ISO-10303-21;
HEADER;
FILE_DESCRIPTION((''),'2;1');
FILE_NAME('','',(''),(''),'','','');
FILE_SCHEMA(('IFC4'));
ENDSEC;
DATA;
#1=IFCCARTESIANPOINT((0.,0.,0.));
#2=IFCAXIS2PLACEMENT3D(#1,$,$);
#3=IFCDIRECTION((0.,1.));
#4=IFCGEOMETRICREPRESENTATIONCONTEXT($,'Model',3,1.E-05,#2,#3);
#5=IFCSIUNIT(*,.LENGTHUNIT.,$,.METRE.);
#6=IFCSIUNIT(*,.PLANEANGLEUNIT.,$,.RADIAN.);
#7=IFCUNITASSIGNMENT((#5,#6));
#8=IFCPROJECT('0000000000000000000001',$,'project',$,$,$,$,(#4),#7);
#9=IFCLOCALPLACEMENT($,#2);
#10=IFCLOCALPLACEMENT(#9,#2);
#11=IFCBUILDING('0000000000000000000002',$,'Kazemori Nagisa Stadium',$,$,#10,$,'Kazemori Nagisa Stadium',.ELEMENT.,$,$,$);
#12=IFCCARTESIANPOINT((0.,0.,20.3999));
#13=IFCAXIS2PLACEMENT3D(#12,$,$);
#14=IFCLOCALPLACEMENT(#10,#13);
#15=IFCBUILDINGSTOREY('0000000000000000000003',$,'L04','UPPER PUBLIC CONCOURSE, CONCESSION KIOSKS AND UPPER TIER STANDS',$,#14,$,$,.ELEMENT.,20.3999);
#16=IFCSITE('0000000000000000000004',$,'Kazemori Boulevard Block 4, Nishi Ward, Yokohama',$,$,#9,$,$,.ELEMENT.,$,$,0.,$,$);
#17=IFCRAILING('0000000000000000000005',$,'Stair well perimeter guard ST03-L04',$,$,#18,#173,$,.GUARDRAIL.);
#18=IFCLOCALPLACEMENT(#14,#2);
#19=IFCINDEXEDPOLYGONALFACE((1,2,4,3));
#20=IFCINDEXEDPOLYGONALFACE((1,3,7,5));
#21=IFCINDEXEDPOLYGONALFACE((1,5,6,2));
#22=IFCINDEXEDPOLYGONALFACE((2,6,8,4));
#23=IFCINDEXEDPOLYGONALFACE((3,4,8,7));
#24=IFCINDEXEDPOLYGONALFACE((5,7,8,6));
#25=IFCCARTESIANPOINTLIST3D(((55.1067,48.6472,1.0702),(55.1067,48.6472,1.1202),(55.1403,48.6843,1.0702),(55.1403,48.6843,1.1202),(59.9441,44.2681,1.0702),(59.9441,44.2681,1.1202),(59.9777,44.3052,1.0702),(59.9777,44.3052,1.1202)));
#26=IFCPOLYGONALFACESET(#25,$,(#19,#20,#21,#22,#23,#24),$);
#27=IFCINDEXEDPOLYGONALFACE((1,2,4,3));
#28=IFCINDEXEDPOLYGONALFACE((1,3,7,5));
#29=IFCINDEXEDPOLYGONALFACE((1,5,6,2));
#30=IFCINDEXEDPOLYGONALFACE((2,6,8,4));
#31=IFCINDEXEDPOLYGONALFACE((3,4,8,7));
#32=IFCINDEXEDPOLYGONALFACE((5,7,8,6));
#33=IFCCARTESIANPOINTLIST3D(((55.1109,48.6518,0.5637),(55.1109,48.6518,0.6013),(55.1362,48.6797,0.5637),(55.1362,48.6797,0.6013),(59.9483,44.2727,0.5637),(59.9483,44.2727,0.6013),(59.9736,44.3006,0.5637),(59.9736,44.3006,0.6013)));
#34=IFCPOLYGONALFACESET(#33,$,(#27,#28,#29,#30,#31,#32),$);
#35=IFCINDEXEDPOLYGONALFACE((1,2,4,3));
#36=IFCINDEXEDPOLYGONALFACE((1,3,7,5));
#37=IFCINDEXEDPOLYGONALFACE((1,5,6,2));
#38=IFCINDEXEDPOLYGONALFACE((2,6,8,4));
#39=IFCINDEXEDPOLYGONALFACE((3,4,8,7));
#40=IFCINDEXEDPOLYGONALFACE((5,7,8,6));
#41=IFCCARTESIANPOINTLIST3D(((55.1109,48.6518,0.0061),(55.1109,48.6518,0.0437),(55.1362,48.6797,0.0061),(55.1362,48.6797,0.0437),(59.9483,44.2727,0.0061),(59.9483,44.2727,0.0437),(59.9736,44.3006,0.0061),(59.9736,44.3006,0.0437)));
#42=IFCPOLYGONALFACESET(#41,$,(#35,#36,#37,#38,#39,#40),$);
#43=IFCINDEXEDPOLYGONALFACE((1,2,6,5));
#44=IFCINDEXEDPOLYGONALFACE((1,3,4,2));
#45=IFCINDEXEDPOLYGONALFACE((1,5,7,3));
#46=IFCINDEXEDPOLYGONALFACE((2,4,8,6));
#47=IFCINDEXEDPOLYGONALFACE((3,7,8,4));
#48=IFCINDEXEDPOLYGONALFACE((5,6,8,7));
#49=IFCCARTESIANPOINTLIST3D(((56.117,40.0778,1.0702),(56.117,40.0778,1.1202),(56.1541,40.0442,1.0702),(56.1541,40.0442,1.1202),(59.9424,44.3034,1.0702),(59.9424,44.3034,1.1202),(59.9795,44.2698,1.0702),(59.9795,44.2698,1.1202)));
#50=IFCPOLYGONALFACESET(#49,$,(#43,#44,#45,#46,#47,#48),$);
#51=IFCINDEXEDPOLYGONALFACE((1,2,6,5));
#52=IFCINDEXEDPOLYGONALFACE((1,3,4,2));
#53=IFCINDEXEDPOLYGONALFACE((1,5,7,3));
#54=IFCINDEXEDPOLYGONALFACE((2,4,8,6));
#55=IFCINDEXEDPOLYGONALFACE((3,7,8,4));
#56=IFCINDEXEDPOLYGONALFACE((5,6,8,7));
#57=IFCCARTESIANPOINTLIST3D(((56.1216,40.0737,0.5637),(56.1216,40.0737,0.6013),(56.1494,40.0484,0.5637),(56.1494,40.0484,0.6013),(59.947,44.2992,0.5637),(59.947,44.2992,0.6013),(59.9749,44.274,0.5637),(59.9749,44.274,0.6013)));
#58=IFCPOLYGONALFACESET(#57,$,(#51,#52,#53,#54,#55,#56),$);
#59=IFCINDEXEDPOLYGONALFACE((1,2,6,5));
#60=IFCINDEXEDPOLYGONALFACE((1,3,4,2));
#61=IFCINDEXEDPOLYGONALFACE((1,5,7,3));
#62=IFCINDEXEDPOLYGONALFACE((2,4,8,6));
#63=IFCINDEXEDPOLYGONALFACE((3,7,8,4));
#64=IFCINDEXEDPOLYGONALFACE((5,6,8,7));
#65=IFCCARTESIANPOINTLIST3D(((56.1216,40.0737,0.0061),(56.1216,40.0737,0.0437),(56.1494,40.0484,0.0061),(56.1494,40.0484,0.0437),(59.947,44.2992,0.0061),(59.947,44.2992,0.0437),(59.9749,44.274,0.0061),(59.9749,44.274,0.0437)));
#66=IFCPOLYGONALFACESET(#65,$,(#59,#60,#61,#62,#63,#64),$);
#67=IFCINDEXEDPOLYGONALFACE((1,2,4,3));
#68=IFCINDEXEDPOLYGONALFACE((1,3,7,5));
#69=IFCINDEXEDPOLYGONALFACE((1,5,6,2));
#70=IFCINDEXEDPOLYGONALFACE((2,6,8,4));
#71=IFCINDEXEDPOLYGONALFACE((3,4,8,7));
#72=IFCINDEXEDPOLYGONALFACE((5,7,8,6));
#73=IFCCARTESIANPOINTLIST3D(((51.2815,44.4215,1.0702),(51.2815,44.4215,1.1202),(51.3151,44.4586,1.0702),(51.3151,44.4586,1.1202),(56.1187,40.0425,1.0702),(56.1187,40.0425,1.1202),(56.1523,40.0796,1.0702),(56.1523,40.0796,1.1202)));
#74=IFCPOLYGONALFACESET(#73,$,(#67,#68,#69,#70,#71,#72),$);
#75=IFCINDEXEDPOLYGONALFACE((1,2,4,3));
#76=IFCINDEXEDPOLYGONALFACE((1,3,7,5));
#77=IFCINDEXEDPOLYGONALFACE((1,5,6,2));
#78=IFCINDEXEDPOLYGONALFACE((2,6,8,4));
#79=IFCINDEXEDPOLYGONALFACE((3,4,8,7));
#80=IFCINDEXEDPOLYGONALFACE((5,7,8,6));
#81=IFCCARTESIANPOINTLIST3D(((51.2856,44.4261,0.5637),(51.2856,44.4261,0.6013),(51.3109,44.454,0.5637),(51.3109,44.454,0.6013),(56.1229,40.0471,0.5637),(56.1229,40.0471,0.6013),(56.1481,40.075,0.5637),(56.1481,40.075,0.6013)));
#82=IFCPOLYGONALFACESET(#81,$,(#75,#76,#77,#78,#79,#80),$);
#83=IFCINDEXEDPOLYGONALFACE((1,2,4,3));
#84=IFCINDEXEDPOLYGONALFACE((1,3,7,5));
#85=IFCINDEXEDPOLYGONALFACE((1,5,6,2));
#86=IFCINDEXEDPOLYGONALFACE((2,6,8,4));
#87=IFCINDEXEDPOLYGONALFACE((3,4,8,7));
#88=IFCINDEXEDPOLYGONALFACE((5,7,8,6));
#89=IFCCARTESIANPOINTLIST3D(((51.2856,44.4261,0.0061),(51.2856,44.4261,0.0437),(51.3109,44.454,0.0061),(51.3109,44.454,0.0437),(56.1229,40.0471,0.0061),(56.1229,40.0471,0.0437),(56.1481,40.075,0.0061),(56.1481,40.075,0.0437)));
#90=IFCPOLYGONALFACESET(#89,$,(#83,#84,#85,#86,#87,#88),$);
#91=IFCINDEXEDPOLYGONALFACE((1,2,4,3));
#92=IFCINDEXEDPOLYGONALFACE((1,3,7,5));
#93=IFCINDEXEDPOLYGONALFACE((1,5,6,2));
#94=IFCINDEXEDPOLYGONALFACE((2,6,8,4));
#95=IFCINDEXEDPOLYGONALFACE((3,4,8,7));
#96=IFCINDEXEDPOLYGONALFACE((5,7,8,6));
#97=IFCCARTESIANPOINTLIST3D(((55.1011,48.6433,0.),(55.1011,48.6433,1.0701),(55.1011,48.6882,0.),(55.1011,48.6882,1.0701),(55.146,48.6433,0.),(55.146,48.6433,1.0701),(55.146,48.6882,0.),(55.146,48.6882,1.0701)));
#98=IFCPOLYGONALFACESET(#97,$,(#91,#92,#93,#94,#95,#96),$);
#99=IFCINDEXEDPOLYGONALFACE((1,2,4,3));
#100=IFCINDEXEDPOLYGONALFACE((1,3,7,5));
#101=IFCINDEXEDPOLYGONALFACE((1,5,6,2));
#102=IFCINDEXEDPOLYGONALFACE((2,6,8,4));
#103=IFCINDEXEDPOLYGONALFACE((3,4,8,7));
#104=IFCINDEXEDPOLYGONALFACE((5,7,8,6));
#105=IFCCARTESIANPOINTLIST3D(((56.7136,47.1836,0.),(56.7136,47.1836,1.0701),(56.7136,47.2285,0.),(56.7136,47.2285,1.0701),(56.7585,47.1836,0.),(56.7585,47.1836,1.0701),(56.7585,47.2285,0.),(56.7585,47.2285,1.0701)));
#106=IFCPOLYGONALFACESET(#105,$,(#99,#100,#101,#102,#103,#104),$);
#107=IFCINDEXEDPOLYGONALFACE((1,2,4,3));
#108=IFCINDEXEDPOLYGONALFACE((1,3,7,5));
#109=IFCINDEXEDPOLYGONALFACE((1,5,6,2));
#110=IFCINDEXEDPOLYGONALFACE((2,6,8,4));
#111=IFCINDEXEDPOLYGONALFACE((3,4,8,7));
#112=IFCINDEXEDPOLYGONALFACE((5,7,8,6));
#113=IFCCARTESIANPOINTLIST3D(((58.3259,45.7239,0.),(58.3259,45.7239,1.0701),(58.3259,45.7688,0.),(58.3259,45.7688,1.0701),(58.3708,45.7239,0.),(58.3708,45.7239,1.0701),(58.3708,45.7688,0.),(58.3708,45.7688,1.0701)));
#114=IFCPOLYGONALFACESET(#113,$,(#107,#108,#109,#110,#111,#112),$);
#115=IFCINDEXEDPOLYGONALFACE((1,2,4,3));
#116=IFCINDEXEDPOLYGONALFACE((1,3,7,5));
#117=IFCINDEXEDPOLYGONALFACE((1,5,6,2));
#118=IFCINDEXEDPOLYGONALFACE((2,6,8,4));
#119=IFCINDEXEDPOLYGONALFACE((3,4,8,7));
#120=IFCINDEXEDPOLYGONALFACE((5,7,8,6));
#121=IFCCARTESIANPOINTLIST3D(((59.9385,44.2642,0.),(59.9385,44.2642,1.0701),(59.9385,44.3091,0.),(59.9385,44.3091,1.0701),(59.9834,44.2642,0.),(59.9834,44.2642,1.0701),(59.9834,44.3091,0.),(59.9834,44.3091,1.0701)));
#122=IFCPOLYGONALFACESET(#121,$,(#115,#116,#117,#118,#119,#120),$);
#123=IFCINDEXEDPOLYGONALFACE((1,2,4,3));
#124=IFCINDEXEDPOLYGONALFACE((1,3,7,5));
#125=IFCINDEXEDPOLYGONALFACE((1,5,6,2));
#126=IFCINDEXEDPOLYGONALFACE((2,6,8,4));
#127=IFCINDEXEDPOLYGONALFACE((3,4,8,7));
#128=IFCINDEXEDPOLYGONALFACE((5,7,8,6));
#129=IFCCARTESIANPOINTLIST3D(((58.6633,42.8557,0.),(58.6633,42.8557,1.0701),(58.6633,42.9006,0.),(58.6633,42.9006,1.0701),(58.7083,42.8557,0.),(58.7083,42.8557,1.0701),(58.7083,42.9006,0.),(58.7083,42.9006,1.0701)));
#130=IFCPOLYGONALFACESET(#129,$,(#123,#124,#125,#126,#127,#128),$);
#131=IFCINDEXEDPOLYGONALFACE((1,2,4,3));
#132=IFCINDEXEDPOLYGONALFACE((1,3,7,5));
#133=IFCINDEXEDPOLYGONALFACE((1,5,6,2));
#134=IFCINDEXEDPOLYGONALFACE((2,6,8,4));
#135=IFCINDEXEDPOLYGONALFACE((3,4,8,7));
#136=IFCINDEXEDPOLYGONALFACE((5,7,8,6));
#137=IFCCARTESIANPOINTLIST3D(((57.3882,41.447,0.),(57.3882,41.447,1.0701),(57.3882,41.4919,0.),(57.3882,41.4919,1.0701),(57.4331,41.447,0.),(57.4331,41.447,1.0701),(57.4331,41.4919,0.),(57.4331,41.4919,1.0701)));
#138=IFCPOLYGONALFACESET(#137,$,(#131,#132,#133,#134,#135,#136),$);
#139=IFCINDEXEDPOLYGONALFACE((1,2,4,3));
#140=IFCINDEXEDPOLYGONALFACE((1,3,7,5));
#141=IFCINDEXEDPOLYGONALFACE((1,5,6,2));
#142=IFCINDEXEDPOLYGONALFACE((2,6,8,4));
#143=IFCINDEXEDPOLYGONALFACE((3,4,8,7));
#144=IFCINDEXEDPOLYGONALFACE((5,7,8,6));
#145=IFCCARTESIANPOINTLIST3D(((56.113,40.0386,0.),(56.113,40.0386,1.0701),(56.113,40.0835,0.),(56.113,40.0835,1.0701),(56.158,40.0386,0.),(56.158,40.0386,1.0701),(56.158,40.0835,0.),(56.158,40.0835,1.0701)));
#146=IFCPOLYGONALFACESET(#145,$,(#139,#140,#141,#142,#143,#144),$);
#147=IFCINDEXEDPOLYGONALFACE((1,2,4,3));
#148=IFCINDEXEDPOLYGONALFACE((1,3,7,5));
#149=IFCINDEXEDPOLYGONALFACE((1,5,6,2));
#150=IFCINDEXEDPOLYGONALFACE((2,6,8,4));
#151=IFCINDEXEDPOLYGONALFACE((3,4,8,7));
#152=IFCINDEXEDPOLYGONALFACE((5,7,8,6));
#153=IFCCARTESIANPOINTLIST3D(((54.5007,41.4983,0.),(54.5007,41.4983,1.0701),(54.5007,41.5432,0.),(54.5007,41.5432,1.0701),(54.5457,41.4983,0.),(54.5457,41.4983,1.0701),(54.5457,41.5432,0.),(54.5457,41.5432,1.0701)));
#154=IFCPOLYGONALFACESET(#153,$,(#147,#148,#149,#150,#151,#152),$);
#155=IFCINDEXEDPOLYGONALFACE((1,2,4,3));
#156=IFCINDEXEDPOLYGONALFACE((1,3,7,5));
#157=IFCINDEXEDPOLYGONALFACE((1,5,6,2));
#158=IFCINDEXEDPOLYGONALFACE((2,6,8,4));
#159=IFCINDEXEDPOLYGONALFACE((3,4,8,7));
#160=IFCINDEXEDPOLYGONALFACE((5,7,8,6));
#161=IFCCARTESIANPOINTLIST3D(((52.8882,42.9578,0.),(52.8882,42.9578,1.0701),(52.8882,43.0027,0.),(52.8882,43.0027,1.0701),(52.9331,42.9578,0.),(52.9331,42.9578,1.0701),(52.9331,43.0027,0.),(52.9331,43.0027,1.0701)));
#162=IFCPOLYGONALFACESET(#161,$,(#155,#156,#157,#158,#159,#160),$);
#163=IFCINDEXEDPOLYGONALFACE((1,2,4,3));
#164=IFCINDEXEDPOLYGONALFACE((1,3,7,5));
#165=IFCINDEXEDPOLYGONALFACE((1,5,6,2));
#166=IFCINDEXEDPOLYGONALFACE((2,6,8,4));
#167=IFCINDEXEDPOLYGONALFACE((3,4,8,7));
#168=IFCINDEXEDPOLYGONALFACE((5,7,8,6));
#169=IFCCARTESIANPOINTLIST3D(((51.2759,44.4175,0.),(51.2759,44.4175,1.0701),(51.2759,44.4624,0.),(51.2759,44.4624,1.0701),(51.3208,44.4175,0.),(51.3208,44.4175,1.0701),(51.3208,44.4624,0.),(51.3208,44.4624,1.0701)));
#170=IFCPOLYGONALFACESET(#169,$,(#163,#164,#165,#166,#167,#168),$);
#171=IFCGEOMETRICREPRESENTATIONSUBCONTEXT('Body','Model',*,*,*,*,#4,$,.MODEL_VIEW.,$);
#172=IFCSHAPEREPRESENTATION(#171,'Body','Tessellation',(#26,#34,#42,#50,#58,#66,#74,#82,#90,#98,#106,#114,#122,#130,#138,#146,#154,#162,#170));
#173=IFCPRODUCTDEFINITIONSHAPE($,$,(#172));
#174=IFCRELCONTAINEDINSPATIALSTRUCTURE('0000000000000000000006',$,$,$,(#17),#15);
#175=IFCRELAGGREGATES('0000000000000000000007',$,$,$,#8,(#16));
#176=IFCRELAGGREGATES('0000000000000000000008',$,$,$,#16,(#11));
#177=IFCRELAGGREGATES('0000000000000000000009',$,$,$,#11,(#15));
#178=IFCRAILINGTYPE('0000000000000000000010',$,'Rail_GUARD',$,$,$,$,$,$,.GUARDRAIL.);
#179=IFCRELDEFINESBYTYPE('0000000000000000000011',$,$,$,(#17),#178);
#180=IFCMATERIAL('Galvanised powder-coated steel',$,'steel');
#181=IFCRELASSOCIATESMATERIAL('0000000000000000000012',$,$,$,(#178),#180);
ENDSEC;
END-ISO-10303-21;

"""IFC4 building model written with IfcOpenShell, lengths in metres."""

from ifc_helpers import new_model, si_unit, direction, frame, origin, origin_2d, place, context, subcontext, project, spatial, rectangle, extrude, material, type_object, element, save


model = new_model("IFC4")

# Units and contexts
model_context = context("Model", 3, precision=1e-05, world=origin(), true_north=direction((0.0, 1.0)))
body_context = subcontext(model_context, "Body", "Model", "MODEL_VIEW")
ifc_project = project(units=[si_unit("LENGTHUNIT", "METRE"), si_unit("PLANEANGLEUNIT", "RADIAN")], contexts=[model_context])

# Site, building, storey
site_placement = place(None, origin())
site = spatial("IfcSite", under=ifc_project, at=site_placement, Name="Kazemori Boulevard Block 4, Nishi Ward, Yokohama", CompositionType="ELEMENT", RefElevation=0.0)
building_placement = place(site_placement, origin())
building = spatial("IfcBuilding", under=site, at=building_placement, Name="Kazemori Nagisa Stadium", LongName="Kazemori Nagisa Stadium", CompositionType="ELEMENT")
storey_placement = place(building_placement, frame((0.0, 0.0, 20.3999)))
storey = spatial("IfcBuildingStorey", under=building, at=storey_placement, Name="L04", Description="UPPER PUBLIC CONCOURSE, CONCESSION KIOSKS AND UPPER TIER STANDS", CompositionType="ELEMENT", Elevation=20.3999)

# Railing
ifc_material_1 = material(Name="Galvanised powder-coated steel", Category="steel")
railing_type_1 = type_object("IfcRailingType", Name="Rail_GUARD", PredefinedType="GUARDRAIL", material=ifc_material_1)
railing_1_placement = place(storey_placement, frame((55.1235, 48.6658, 0.0)))
element("IfcRailing", 1, at=railing_1_placement, inside=storey, type_object=railing_type_1, Name="Stair well perimeter guard ST03-L04", PredefinedType="GUARDRAIL", context=body_context, shape_type="SweptSolid", body=[
    extrude(rectangle(XDim=0.05, YDim=0.05, at=origin_2d()), frame((0.0, 0.0, 1.0952), z_axis=(0.741349, -0.67112, 0.0), x_axis=(0.67112, 0.741349, 0.0)), (0.0, 0.0, 1.0), 6.5251),
    extrude(rectangle(XDim=0.0376, YDim=0.0376, at=origin_2d()), frame((0.0, 0.0, 0.5825), z_axis=(0.741349, -0.67112, 0.0), x_axis=(0.67112, 0.741349, 0.0)), (0.0, 0.0, 1.0), 6.5251),
    extrude(rectangle(XDim=0.0376, YDim=0.0376, at=origin_2d()), frame((0.0, 0.0, 0.0249), z_axis=(0.741349, -0.67112, 0.0), x_axis=(0.67112, 0.741349, 0.0)), (0.0, 0.0, 1.0), 6.5251),
    extrude(rectangle(XDim=0.05, YDim=0.05, at=origin_2d()), frame((4.8374, -4.3792, 1.0952), z_axis=(-0.671134, -0.741336, 0.0), x_axis=(0.741336, -0.671134, 0.0)), (0.0, 0.0, 1.0), 5.7),
    extrude(rectangle(XDim=0.0376, YDim=0.0376, at=origin_2d()), frame((4.8374, -4.3792, 0.5825), z_axis=(-0.671134, -0.741336, 0.0), x_axis=(0.741336, -0.671134, 0.0)), (0.0, 0.0, 1.0), 5.7),
    extrude(rectangle(XDim=0.0376, YDim=0.0376, at=origin_2d()), frame((4.8374, -4.3792, 0.0249), z_axis=(-0.671134, -0.741336, 0.0), x_axis=(0.741336, -0.671134, 0.0)), (0.0, 0.0, 1.0), 5.7),
    extrude(rectangle(XDim=0.05, YDim=0.05, at=origin_2d()), frame((1.012, -8.6047, 1.0952), z_axis=(-0.74135, 0.671118, 0.0), x_axis=(-0.671118, -0.74135, 0.0)), (0.0, 0.0, 1.0), 6.5249),
    extrude(rectangle(XDim=0.0376, YDim=0.0376, at=origin_2d()), frame((1.012, -8.6047, 0.5825), z_axis=(-0.74135, 0.671118, 0.0), x_axis=(-0.671118, -0.74135, 0.0)), (0.0, 0.0, 1.0), 6.5249),
    extrude(rectangle(XDim=0.0376, YDim=0.0376, at=origin_2d()), frame((1.012, -8.6047, 0.0249), z_axis=(-0.74135, 0.671118, 0.0), x_axis=(-0.671118, -0.74135, 0.0)), (0.0, 0.0, 1.0), 6.5249),
    extrude(rectangle(XDim=0.0449, YDim=0.0449, at=origin_2d()), origin(), (0.0, 0.0, 1.0), 1.0701),
    extrude(rectangle(XDim=0.0449, YDim=0.0449, at=origin_2d()), frame((1.6125, -1.4597, 0.0)), (0.0, 0.0, 1.0), 1.0701),
    extrude(rectangle(XDim=0.0449, YDim=0.0449, at=origin_2d()), frame((3.2249, -2.9194, 0.0)), (0.0, 0.0, 1.0), 1.0701),
    extrude(rectangle(XDim=0.0449, YDim=0.0449, at=origin_2d()), frame((4.8374, -4.3792, 0.0)), (0.0, 0.0, 1.0), 1.0701),
    extrude(rectangle(XDim=0.0449, YDim=0.0449, at=origin_2d()), frame((3.5623, -5.7876, 0.0)), (0.0, 0.0, 1.0), 1.0701),
    extrude(rectangle(XDim=0.0449, YDim=0.0449, at=origin_2d()), frame((2.2871, -7.1963, 0.0)), (0.0, 0.0, 1.0), 1.0701),
    extrude(rectangle(XDim=0.0449, YDim=0.0449, at=origin_2d()), frame((1.012, -8.6047, 0.0)), (0.0, 0.0, 1.0), 1.0701),
    extrude(rectangle(XDim=0.0449, YDim=0.0449, at=origin_2d()), frame((-0.6003, -7.145, 0.0)), (0.0, 0.0, 1.0), 1.0701),
    extrude(rectangle(XDim=0.0449, YDim=0.0449, at=origin_2d()), frame((-2.2129, -5.6855, 0.0)), (0.0, 0.0, 1.0), 1.0701),
    extrude(rectangle(XDim=0.0449, YDim=0.0449, at=origin_2d()), frame((-3.8252, -4.2258, 0.0)), (0.0, 0.0, 1.0), 1.0701),
])

save(model, "model.ifc")
